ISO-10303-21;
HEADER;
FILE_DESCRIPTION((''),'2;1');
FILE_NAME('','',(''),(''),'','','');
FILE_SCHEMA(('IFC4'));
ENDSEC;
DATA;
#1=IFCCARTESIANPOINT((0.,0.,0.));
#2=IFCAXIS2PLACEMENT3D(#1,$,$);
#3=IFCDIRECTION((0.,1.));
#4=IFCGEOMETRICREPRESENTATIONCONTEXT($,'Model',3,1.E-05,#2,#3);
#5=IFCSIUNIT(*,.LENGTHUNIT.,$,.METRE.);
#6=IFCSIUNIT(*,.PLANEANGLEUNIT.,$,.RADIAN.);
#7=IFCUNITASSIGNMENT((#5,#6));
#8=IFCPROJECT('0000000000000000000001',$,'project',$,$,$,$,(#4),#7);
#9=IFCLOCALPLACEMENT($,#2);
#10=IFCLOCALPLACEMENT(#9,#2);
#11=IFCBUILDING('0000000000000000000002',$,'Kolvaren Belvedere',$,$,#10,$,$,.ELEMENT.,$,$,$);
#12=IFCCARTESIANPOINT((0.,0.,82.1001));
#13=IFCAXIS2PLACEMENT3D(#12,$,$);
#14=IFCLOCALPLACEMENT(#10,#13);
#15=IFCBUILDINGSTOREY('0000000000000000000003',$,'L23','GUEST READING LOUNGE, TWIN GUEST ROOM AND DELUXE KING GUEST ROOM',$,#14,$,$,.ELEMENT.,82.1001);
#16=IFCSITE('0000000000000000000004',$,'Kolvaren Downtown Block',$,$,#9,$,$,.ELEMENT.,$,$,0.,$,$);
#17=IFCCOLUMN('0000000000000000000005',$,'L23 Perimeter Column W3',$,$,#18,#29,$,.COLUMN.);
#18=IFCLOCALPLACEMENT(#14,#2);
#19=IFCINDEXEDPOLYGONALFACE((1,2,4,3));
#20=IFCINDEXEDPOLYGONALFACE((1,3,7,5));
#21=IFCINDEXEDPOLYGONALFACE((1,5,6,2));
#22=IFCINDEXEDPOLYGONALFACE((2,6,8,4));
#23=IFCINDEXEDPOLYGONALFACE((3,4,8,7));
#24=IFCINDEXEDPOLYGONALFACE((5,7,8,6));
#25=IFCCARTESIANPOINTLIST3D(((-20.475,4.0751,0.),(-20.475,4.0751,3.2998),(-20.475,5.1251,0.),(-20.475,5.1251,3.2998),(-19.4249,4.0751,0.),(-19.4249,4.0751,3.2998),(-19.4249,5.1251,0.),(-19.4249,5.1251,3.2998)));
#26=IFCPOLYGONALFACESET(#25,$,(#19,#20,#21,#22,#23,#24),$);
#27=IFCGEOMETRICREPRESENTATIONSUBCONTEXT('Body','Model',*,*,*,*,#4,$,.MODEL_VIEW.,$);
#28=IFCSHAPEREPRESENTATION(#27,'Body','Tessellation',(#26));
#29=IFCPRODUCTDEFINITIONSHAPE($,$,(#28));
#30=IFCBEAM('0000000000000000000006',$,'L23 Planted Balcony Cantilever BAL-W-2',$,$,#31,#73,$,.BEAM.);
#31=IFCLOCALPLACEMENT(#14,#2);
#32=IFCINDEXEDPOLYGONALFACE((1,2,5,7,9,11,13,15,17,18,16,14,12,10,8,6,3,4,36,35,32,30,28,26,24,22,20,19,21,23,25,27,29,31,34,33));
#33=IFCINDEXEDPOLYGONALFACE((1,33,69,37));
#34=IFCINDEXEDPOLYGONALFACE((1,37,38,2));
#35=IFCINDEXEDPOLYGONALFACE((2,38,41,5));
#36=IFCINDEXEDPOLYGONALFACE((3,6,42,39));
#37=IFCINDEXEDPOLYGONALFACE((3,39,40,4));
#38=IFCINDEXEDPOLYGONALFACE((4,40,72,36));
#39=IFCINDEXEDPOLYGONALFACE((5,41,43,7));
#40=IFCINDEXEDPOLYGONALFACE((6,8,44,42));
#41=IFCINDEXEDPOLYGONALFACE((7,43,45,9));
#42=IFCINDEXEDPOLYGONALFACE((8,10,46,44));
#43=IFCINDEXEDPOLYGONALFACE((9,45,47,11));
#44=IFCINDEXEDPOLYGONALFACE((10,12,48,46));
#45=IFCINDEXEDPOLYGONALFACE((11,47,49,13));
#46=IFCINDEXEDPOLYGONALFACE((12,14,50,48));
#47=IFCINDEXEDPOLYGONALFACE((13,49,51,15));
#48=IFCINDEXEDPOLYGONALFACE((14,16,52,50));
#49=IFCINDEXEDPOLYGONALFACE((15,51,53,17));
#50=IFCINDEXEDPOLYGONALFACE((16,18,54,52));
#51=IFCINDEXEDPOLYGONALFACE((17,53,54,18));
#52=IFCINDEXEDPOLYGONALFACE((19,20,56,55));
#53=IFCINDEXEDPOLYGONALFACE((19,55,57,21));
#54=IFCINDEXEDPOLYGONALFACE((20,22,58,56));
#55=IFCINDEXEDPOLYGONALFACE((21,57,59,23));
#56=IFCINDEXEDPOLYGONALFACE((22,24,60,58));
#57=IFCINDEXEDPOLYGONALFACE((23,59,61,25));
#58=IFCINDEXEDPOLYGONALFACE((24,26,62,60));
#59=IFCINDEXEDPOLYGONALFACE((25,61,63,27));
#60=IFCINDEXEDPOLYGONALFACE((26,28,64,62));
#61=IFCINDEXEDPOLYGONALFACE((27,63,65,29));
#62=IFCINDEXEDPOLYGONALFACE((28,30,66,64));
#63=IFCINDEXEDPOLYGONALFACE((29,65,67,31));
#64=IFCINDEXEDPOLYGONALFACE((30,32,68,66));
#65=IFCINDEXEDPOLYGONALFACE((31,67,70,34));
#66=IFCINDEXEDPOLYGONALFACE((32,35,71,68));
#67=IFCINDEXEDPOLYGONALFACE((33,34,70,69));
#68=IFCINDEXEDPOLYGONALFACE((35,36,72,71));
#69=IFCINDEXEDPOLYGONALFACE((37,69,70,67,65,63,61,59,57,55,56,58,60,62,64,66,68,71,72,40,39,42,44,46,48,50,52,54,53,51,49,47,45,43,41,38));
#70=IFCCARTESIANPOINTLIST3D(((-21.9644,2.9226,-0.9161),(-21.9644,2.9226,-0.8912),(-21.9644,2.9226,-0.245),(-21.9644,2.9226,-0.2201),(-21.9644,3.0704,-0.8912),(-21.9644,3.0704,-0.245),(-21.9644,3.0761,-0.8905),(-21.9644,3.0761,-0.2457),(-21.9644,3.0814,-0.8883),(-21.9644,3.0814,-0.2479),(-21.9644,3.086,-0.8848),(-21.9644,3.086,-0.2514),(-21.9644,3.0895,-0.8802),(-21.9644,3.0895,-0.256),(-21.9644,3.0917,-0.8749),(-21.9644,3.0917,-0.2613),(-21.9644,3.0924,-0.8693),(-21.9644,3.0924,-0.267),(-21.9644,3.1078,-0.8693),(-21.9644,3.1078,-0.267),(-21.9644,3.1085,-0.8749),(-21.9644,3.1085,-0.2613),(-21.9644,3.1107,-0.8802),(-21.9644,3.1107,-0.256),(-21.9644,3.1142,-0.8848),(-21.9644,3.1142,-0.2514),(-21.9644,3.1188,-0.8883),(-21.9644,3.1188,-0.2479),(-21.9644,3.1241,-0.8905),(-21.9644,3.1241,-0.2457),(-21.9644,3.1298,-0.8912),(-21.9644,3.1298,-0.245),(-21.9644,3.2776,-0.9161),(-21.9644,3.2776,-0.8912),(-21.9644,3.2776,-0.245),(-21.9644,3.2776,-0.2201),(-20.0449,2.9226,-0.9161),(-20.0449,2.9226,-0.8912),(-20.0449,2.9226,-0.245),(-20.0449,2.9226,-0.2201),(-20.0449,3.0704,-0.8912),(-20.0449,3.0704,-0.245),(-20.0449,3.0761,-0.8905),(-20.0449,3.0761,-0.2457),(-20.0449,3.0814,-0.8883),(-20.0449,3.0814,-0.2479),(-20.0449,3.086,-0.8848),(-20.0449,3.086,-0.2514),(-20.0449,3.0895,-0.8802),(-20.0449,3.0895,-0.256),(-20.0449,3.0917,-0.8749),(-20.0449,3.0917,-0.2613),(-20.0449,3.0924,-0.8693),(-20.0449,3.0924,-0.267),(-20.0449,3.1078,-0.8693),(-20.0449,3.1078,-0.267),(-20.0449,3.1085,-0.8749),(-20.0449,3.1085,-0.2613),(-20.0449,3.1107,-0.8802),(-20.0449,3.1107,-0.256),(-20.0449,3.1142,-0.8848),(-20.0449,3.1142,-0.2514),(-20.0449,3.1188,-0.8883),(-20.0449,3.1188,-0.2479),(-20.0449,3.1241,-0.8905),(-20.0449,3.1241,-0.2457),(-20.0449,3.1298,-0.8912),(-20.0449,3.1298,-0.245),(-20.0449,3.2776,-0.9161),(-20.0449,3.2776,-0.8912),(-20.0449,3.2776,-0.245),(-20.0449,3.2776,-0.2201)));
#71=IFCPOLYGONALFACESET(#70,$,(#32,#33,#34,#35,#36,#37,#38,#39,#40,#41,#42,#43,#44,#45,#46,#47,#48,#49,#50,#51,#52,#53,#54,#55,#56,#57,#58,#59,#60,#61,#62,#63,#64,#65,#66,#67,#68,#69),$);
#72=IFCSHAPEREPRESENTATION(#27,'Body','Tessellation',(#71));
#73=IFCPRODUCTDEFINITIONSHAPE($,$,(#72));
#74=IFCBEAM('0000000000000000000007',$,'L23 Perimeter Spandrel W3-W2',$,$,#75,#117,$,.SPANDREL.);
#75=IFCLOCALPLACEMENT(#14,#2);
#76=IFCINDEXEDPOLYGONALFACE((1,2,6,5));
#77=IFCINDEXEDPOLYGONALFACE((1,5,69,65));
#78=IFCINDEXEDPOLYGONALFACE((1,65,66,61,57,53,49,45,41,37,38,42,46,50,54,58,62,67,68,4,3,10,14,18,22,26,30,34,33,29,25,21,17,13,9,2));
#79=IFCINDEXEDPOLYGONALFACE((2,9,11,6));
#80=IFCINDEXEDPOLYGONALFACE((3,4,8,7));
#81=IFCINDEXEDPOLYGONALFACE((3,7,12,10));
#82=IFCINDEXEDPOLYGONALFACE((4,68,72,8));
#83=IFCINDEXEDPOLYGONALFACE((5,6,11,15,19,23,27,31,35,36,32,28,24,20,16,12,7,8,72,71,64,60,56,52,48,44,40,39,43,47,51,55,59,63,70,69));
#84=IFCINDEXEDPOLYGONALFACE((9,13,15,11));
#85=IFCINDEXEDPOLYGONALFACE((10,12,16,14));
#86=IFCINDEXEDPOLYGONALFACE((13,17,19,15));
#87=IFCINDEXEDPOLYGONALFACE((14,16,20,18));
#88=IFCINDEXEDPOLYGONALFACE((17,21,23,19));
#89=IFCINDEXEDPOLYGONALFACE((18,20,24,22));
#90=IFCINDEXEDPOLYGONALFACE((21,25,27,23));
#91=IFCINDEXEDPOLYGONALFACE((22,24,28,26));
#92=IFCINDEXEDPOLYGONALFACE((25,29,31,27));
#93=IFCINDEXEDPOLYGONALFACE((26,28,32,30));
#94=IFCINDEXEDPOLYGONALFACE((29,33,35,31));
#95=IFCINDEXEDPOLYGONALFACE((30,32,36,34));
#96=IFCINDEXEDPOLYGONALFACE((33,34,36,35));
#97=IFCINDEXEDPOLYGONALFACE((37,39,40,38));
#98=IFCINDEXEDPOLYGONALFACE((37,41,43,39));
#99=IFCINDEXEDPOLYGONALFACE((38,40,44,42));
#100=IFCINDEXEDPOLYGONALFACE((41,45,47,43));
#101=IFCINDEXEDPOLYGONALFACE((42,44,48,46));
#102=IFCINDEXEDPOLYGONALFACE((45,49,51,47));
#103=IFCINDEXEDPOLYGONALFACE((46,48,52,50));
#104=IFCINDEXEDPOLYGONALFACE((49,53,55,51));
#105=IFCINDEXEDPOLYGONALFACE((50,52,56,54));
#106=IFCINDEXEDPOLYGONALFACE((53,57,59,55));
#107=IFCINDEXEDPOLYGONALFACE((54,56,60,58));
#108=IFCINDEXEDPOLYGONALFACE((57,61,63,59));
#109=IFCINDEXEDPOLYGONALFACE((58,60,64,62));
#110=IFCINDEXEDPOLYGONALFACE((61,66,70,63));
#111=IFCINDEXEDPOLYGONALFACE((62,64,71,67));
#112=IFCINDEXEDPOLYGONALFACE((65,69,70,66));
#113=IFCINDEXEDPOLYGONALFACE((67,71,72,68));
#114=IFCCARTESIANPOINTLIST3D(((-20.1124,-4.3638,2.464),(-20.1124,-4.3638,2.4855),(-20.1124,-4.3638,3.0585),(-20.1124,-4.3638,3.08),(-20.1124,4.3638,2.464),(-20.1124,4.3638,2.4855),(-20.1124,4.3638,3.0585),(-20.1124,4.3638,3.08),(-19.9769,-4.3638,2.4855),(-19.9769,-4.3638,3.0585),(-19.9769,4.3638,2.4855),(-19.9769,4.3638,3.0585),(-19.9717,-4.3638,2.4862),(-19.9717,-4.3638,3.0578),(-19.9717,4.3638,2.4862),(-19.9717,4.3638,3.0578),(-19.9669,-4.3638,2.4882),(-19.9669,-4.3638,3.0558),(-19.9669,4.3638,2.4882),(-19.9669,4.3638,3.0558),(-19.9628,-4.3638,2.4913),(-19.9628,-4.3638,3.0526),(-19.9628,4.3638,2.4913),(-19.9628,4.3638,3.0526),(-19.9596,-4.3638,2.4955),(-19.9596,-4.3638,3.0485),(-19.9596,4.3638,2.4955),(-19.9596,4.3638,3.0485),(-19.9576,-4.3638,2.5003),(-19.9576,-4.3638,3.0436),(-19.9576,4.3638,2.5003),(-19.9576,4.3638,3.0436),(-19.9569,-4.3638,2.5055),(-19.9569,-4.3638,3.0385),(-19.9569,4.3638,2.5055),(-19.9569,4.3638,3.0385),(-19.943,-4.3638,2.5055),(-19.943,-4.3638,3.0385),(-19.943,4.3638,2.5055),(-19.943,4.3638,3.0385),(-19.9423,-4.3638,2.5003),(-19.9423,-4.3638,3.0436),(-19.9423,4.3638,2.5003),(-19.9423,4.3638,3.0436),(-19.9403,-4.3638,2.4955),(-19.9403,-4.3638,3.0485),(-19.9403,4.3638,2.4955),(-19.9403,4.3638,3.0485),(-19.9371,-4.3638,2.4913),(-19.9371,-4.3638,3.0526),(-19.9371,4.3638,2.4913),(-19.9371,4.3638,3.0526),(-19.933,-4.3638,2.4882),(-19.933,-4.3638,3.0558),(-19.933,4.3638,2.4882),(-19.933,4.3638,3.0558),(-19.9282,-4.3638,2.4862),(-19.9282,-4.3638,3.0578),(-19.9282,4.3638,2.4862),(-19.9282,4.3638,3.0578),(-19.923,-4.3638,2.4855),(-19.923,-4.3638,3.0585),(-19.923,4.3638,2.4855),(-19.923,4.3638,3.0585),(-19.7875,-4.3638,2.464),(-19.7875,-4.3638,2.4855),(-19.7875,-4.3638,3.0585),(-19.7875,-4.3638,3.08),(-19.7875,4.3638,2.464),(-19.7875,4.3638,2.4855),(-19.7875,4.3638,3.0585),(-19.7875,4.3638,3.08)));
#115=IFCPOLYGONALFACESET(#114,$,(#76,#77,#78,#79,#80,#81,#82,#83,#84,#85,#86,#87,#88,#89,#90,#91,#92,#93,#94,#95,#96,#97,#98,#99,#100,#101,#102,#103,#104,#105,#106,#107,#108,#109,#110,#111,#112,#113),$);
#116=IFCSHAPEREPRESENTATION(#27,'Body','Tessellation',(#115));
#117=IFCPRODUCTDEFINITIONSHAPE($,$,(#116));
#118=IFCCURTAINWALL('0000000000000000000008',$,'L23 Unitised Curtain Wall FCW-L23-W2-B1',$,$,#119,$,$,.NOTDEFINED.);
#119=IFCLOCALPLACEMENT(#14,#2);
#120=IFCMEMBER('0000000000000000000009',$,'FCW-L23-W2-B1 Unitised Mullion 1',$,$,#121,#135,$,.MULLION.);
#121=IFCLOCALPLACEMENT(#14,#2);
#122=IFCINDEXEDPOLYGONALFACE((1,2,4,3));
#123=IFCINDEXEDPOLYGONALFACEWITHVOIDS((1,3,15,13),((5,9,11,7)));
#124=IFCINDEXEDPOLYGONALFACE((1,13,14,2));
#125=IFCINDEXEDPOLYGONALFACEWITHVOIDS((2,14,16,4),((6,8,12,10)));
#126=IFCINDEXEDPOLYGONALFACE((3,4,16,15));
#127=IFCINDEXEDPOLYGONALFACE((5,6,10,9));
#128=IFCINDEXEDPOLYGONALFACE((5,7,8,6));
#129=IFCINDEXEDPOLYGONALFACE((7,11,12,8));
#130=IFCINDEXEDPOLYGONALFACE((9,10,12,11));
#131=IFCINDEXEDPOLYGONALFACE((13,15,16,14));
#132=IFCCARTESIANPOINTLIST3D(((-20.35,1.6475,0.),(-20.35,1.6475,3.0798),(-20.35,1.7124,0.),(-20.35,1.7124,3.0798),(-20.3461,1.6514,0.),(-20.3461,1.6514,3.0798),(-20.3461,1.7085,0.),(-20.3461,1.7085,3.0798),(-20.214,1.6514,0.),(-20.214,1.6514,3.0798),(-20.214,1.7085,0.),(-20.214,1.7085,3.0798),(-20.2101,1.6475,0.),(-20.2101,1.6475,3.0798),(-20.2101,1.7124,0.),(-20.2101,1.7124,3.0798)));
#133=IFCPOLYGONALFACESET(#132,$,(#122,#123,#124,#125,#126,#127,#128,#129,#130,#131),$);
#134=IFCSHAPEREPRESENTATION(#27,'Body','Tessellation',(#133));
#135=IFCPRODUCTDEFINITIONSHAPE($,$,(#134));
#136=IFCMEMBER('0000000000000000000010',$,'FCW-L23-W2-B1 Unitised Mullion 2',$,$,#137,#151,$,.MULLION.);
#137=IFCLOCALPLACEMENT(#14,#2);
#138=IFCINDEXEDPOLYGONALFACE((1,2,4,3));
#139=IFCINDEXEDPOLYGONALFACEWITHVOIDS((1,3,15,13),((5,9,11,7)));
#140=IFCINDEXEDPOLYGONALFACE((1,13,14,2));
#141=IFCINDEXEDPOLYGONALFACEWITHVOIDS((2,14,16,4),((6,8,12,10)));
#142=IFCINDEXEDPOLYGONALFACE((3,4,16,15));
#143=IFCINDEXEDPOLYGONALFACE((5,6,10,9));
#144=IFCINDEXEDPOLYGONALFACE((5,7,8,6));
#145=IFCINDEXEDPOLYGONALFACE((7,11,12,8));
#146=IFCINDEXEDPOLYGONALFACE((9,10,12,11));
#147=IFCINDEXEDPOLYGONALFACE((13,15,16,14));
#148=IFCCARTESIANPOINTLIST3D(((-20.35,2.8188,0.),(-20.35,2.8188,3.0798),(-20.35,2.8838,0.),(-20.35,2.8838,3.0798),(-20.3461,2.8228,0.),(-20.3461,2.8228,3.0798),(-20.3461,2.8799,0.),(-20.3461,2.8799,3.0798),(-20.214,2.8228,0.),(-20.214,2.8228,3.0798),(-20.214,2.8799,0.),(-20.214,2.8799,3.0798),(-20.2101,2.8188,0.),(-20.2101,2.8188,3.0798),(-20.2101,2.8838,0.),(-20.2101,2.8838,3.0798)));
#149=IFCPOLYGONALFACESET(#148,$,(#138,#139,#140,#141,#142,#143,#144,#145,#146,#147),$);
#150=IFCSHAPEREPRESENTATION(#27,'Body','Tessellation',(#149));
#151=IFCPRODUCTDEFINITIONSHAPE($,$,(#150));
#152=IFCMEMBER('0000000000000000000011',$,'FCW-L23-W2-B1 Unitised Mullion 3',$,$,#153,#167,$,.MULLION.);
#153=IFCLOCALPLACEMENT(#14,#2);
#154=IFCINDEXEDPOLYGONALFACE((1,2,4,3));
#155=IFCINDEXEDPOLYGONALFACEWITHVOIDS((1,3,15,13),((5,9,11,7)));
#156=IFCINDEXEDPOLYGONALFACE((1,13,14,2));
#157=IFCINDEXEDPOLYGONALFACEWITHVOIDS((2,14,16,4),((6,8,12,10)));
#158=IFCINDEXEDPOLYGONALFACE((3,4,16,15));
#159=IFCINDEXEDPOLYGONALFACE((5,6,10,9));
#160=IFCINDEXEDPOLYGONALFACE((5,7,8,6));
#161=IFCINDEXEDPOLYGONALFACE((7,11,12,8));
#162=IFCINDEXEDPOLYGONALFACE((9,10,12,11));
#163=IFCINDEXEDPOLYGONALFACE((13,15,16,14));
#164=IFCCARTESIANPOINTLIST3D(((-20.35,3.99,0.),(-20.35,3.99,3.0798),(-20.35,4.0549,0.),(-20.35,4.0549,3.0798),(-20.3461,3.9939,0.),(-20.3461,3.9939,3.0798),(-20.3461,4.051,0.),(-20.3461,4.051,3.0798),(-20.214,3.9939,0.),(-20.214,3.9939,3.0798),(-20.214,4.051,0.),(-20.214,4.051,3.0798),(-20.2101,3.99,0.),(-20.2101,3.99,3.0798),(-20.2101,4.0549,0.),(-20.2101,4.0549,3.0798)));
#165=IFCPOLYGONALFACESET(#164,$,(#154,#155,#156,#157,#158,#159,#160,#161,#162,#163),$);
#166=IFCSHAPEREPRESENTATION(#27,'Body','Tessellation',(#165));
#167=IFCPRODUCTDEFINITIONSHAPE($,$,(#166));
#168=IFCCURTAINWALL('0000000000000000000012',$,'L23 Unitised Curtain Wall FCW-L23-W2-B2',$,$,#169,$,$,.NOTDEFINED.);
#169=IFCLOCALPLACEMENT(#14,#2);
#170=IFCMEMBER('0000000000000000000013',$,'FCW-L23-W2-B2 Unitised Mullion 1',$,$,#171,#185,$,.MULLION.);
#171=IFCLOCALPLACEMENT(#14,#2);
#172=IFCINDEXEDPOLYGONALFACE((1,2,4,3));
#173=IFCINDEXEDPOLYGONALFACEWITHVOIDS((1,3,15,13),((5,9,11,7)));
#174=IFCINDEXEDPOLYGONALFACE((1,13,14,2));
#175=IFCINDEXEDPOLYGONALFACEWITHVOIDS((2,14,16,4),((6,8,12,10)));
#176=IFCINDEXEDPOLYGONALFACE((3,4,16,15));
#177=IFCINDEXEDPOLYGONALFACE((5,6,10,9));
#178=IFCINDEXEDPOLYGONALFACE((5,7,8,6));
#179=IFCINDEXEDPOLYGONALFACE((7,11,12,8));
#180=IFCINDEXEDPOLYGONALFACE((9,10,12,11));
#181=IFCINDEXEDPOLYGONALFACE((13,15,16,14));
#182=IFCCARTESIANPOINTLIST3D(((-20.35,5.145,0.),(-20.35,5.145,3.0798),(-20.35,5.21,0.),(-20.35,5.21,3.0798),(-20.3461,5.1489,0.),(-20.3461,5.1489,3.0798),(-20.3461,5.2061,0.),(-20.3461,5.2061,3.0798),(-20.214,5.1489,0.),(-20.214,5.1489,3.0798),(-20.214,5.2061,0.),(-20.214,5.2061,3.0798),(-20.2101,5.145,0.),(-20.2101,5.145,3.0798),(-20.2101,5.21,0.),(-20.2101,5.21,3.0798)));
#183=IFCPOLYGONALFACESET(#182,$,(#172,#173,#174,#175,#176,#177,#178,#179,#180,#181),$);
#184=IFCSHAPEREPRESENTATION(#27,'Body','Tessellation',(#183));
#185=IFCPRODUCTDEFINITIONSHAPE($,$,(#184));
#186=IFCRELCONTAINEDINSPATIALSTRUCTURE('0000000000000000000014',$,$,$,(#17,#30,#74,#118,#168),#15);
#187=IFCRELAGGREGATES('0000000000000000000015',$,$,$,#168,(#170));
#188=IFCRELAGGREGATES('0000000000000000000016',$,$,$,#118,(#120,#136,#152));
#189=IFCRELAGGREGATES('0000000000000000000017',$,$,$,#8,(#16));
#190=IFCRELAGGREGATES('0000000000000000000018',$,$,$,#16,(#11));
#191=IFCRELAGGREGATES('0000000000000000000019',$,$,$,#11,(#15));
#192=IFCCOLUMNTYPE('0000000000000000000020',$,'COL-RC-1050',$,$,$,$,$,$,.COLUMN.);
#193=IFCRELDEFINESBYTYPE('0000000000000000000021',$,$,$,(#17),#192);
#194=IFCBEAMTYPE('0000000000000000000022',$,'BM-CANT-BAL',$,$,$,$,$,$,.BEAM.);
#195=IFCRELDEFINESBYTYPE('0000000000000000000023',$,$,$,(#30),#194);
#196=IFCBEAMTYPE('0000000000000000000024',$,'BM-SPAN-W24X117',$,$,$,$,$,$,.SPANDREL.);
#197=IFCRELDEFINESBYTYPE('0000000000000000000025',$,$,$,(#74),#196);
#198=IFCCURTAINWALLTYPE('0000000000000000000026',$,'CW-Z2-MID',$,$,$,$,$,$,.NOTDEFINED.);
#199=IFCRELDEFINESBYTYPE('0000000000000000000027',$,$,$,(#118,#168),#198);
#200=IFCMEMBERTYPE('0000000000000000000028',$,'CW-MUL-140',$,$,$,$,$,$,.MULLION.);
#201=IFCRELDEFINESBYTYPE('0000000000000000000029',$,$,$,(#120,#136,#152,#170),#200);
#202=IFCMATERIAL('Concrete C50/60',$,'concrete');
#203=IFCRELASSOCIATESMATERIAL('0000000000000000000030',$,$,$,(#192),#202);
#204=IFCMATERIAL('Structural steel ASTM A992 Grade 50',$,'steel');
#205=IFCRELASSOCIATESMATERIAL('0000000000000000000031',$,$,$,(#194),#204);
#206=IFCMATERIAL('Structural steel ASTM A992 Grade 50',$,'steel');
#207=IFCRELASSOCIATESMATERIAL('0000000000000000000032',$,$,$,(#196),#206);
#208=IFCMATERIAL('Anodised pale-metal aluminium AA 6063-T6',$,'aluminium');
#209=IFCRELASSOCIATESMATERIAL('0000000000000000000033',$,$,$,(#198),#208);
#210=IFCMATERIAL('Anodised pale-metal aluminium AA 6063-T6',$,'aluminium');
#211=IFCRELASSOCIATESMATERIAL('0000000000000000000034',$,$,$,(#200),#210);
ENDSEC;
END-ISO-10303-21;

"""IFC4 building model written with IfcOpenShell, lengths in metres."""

from ifc_helpers import new_model, si_unit, direction, frame, origin, origin_2d, place, context, subcontext, project, spatial, rectangle, hollow_rectangle, i_section, extrude, material, material_profile, profile_set, type_object, element, aggregate, save


model = new_model("IFC4")

# Units and contexts
model_context = context("Model", 3, precision=1e-05, world=origin(), true_north=direction((0.0, 1.0)))
body_context = subcontext(model_context, "Body", "Model", "MODEL_VIEW")
ifc_project = project(units=[si_unit("LENGTHUNIT", "METRE"), si_unit("PLANEANGLEUNIT", "RADIAN")], contexts=[model_context])

# Site, building, storey
site_placement = place(None, origin())
site = spatial("IfcSite", under=ifc_project, at=site_placement, Name="Kolvaren Downtown Block", CompositionType="ELEMENT", RefElevation=0.0)
building_placement = place(site_placement, origin())
building = spatial("IfcBuilding", under=site, at=building_placement, Name="Kolvaren Belvedere", CompositionType="ELEMENT")
storey_placement = place(building_placement, frame((0.0, 0.0, 82.1001)))
storey = spatial("IfcBuildingStorey", under=building, at=storey_placement, Name="L23", Description="GUEST READING LOUNGE, TWIN GUEST ROOM AND DELUXE KING GUEST ROOM", CompositionType="ELEMENT", Elevation=82.1001)

# Column
ifc_material_1 = material(Name="Concrete C50/60", Category="concrete")
ifc_material_profile_1 = material_profile(ifc_material_1, rectangle(XDim=1.05, YDim=1.05, at=origin_2d()), Name="RC 1050X1050")
ifc_profile_set_1 = profile_set([ifc_material_profile_1], Name="Concrete C50/60")
column_type = type_object("IfcColumnType", Name="COL-RC-1050", PredefinedType="COLUMN", material=ifc_profile_set_1)
column_placement = place(storey_placement, frame((-19.95, 4.6001, 0.0), z_axis=(0.0, 0.0, 1.0), x_axis=(1.0, 0.0, 0.0)))
element("IfcColumn", 1, at=column_placement, inside=storey, type_object=column_type, Name="L23 Perimeter Column W3", PredefinedType="COLUMN", context=body_context, shape_type="SweptSolid", body=[
    extrude(rectangle(XDim=1.05, YDim=1.05, at=origin_2d()), origin(), (0.0, 0.0, 1.0), 3.2998),
])

# Beams
ifc_material_2 = material(Name="Structural steel ASTM A992 Grade 50", Category="steel")
ifc_material_profile_2 = material_profile(ifc_material_2, i_section(OverallWidth=0.355, OverallDepth=0.696, WebThickness=0.0154, FlangeThickness=0.0249, FilletRadius=0.022, at=origin_2d()), Name="W27X146")
ifc_profile_set_2 = profile_set([ifc_material_profile_2], Name="Structural steel ASTM A992 Grade 50")
beam_type_1 = type_object("IfcBeamType", Name="BM-CANT-BAL", PredefinedType="BEAM", material=ifc_profile_set_2)
beam_1_placement = place(storey_placement, frame((-20.0449, 3.1001, -0.5681), z_axis=(-1.0, 0.0, 0.0), x_axis=(0.0, -1.0, 0.0)))
element("IfcBeam", 2, at=beam_1_placement, inside=storey, type_object=beam_type_1, Name="L23 Planted Balcony Cantilever BAL-W-2", PredefinedType="BEAM", context=body_context, shape_type="SweptSolid", body=[
    extrude(i_section(OverallWidth=0.355, OverallDepth=0.696, WebThickness=0.0154, FlangeThickness=0.0249, FilletRadius=0.022, at=origin_2d()), origin(), (0.0, 0.0, 1.0), 1.9194),
])
ifc_material_3 = material(Name="Structural steel ASTM A992 Grade 50", Category="steel")
ifc_material_profile_3 = material_profile(ifc_material_3, i_section(OverallWidth=0.325, OverallDepth=0.616, WebThickness=0.0139, FlangeThickness=0.0215, FilletRadius=0.02, at=origin_2d()), Name="W24X117")
ifc_profile_set_3 = profile_set([ifc_material_profile_3], Name="Structural steel ASTM A992 Grade 50")
beam_type_2 = type_object("IfcBeamType", Name="BM-SPAN-W24X117", PredefinedType="SPANDREL", material=ifc_profile_set_3)
beam_2_placement = place(storey_placement, frame((-19.95, 4.3638, 2.772), z_axis=(0.0, -1.0, 0.0), x_axis=(1.0, 0.0, 0.0)))
element("IfcBeam", 3, at=beam_2_placement, inside=storey, type_object=beam_type_2, Name="L23 Perimeter Spandrel W3-W2", PredefinedType="SPANDREL", context=body_context, shape_type="SweptSolid", body=[
    extrude(i_section(OverallWidth=0.325, OverallDepth=0.616, WebThickness=0.0139, FlangeThickness=0.0215, FilletRadius=0.02, at=origin_2d()), origin(), (0.0, 0.0, 1.0), 8.7275),
])

# Curtain wall, members
ifc_material_4 = material(Name="Anodised pale-metal aluminium AA 6063-T6", Category="aluminium")
curtain_wall_type = type_object("IfcCurtainWallType", Name="CW-Z2-MID", PredefinedType="NOTDEFINED", material=ifc_material_4)
curtain_wall_1_placement = place(storey_placement, origin())
curtain_wall_1 = element("IfcCurtainWall", 4, at=curtain_wall_1_placement, inside=storey, type_object=curtain_wall_type, Name="L23 Unitised Curtain Wall FCW-L23-W2-B1", PredefinedType="NOTDEFINED")
ifc_material_5 = material(Name="Anodised pale-metal aluminium AA 6063-T6", Category="aluminium")
ifc_material_profile_4 = material_profile(ifc_material_5, hollow_rectangle(XDim=0.0649, YDim=0.1399, WallThickness=0.0039, at=origin_2d()), Name="ALU-MUL-140X65")
ifc_profile_set_4 = profile_set([ifc_material_profile_4], Name="Anodised pale-metal aluminium AA 6063-T6")
member_type_1 = type_object("IfcMemberType", Name="CW-MUL-140", PredefinedType="MULLION", material=ifc_profile_set_4)
member_1_placement = place(storey_placement, frame((-20.28, 1.6799, 0.0), z_axis=(0.0, 0.0, 1.0), x_axis=(0.0, 1.0, 0.0)))
member_1 = element("IfcMember", 5, at=member_1_placement, type_object=member_type_1, Name="FCW-L23-W2-B1 Unitised Mullion 1", PredefinedType="MULLION", context=body_context, shape_type="SweptSolid", body=[
    extrude(hollow_rectangle(XDim=0.0649, YDim=0.1399, WallThickness=0.0039, at=origin_2d()), origin(), (0.0, 0.0, 1.0), 3.0798),
])
member_2_placement = place(storey_placement, frame((-20.28, 2.8513, 0.0), z_axis=(0.0, 0.0, 1.0), x_axis=(0.0, 1.0, 0.0)))
member_2 = element("IfcMember", 6, at=member_2_placement, type_object=member_type_1, Name="FCW-L23-W2-B1 Unitised Mullion 2", PredefinedType="MULLION", context=body_context, shape_type="SweptSolid", body=[
    extrude(hollow_rectangle(XDim=0.0649, YDim=0.1399, WallThickness=0.0039, at=origin_2d()), origin(), (0.0, 0.0, 1.0), 3.0798),
])
member_3_placement = place(storey_placement, frame((-20.28, 4.0225, 0.0), z_axis=(0.0, 0.0, 1.0), x_axis=(0.0, 1.0, 0.0)))
member_3 = element("IfcMember", 7, at=member_3_placement, type_object=member_type_1, Name="FCW-L23-W2-B1 Unitised Mullion 3", PredefinedType="MULLION", context=body_context, shape_type="SweptSolid", body=[
    extrude(hollow_rectangle(XDim=0.0649, YDim=0.1399, WallThickness=0.0039, at=origin_2d()), origin(), (0.0, 0.0, 1.0), 3.0798),
])

# Curtain wall, member
curtain_wall_2_placement = place(storey_placement, origin())
curtain_wall_2 = element("IfcCurtainWall", 8, at=curtain_wall_2_placement, inside=storey, type_object=curtain_wall_type, Name="L23 Unitised Curtain Wall FCW-L23-W2-B2", PredefinedType="NOTDEFINED")
member_4_placement = place(storey_placement, frame((-20.28, 5.1775, 0.0), z_axis=(0.0, 0.0, 1.0), x_axis=(0.0, 1.0, 0.0)))
member_4 = element("IfcMember", 9, at=member_4_placement, type_object=member_type_1, Name="FCW-L23-W2-B2 Unitised Mullion 1", PredefinedType="MULLION", context=body_context, shape_type="SweptSolid", body=[
    extrude(hollow_rectangle(XDim=0.0649, YDim=0.1399, WallThickness=0.0039, at=origin_2d()), origin(), (0.0, 0.0, 1.0), 3.0798),
])

aggregate(curtain_wall_2, [member_4])

aggregate(curtain_wall_1, [member_1, member_2, member_3])

save(model, "model.ifc")
